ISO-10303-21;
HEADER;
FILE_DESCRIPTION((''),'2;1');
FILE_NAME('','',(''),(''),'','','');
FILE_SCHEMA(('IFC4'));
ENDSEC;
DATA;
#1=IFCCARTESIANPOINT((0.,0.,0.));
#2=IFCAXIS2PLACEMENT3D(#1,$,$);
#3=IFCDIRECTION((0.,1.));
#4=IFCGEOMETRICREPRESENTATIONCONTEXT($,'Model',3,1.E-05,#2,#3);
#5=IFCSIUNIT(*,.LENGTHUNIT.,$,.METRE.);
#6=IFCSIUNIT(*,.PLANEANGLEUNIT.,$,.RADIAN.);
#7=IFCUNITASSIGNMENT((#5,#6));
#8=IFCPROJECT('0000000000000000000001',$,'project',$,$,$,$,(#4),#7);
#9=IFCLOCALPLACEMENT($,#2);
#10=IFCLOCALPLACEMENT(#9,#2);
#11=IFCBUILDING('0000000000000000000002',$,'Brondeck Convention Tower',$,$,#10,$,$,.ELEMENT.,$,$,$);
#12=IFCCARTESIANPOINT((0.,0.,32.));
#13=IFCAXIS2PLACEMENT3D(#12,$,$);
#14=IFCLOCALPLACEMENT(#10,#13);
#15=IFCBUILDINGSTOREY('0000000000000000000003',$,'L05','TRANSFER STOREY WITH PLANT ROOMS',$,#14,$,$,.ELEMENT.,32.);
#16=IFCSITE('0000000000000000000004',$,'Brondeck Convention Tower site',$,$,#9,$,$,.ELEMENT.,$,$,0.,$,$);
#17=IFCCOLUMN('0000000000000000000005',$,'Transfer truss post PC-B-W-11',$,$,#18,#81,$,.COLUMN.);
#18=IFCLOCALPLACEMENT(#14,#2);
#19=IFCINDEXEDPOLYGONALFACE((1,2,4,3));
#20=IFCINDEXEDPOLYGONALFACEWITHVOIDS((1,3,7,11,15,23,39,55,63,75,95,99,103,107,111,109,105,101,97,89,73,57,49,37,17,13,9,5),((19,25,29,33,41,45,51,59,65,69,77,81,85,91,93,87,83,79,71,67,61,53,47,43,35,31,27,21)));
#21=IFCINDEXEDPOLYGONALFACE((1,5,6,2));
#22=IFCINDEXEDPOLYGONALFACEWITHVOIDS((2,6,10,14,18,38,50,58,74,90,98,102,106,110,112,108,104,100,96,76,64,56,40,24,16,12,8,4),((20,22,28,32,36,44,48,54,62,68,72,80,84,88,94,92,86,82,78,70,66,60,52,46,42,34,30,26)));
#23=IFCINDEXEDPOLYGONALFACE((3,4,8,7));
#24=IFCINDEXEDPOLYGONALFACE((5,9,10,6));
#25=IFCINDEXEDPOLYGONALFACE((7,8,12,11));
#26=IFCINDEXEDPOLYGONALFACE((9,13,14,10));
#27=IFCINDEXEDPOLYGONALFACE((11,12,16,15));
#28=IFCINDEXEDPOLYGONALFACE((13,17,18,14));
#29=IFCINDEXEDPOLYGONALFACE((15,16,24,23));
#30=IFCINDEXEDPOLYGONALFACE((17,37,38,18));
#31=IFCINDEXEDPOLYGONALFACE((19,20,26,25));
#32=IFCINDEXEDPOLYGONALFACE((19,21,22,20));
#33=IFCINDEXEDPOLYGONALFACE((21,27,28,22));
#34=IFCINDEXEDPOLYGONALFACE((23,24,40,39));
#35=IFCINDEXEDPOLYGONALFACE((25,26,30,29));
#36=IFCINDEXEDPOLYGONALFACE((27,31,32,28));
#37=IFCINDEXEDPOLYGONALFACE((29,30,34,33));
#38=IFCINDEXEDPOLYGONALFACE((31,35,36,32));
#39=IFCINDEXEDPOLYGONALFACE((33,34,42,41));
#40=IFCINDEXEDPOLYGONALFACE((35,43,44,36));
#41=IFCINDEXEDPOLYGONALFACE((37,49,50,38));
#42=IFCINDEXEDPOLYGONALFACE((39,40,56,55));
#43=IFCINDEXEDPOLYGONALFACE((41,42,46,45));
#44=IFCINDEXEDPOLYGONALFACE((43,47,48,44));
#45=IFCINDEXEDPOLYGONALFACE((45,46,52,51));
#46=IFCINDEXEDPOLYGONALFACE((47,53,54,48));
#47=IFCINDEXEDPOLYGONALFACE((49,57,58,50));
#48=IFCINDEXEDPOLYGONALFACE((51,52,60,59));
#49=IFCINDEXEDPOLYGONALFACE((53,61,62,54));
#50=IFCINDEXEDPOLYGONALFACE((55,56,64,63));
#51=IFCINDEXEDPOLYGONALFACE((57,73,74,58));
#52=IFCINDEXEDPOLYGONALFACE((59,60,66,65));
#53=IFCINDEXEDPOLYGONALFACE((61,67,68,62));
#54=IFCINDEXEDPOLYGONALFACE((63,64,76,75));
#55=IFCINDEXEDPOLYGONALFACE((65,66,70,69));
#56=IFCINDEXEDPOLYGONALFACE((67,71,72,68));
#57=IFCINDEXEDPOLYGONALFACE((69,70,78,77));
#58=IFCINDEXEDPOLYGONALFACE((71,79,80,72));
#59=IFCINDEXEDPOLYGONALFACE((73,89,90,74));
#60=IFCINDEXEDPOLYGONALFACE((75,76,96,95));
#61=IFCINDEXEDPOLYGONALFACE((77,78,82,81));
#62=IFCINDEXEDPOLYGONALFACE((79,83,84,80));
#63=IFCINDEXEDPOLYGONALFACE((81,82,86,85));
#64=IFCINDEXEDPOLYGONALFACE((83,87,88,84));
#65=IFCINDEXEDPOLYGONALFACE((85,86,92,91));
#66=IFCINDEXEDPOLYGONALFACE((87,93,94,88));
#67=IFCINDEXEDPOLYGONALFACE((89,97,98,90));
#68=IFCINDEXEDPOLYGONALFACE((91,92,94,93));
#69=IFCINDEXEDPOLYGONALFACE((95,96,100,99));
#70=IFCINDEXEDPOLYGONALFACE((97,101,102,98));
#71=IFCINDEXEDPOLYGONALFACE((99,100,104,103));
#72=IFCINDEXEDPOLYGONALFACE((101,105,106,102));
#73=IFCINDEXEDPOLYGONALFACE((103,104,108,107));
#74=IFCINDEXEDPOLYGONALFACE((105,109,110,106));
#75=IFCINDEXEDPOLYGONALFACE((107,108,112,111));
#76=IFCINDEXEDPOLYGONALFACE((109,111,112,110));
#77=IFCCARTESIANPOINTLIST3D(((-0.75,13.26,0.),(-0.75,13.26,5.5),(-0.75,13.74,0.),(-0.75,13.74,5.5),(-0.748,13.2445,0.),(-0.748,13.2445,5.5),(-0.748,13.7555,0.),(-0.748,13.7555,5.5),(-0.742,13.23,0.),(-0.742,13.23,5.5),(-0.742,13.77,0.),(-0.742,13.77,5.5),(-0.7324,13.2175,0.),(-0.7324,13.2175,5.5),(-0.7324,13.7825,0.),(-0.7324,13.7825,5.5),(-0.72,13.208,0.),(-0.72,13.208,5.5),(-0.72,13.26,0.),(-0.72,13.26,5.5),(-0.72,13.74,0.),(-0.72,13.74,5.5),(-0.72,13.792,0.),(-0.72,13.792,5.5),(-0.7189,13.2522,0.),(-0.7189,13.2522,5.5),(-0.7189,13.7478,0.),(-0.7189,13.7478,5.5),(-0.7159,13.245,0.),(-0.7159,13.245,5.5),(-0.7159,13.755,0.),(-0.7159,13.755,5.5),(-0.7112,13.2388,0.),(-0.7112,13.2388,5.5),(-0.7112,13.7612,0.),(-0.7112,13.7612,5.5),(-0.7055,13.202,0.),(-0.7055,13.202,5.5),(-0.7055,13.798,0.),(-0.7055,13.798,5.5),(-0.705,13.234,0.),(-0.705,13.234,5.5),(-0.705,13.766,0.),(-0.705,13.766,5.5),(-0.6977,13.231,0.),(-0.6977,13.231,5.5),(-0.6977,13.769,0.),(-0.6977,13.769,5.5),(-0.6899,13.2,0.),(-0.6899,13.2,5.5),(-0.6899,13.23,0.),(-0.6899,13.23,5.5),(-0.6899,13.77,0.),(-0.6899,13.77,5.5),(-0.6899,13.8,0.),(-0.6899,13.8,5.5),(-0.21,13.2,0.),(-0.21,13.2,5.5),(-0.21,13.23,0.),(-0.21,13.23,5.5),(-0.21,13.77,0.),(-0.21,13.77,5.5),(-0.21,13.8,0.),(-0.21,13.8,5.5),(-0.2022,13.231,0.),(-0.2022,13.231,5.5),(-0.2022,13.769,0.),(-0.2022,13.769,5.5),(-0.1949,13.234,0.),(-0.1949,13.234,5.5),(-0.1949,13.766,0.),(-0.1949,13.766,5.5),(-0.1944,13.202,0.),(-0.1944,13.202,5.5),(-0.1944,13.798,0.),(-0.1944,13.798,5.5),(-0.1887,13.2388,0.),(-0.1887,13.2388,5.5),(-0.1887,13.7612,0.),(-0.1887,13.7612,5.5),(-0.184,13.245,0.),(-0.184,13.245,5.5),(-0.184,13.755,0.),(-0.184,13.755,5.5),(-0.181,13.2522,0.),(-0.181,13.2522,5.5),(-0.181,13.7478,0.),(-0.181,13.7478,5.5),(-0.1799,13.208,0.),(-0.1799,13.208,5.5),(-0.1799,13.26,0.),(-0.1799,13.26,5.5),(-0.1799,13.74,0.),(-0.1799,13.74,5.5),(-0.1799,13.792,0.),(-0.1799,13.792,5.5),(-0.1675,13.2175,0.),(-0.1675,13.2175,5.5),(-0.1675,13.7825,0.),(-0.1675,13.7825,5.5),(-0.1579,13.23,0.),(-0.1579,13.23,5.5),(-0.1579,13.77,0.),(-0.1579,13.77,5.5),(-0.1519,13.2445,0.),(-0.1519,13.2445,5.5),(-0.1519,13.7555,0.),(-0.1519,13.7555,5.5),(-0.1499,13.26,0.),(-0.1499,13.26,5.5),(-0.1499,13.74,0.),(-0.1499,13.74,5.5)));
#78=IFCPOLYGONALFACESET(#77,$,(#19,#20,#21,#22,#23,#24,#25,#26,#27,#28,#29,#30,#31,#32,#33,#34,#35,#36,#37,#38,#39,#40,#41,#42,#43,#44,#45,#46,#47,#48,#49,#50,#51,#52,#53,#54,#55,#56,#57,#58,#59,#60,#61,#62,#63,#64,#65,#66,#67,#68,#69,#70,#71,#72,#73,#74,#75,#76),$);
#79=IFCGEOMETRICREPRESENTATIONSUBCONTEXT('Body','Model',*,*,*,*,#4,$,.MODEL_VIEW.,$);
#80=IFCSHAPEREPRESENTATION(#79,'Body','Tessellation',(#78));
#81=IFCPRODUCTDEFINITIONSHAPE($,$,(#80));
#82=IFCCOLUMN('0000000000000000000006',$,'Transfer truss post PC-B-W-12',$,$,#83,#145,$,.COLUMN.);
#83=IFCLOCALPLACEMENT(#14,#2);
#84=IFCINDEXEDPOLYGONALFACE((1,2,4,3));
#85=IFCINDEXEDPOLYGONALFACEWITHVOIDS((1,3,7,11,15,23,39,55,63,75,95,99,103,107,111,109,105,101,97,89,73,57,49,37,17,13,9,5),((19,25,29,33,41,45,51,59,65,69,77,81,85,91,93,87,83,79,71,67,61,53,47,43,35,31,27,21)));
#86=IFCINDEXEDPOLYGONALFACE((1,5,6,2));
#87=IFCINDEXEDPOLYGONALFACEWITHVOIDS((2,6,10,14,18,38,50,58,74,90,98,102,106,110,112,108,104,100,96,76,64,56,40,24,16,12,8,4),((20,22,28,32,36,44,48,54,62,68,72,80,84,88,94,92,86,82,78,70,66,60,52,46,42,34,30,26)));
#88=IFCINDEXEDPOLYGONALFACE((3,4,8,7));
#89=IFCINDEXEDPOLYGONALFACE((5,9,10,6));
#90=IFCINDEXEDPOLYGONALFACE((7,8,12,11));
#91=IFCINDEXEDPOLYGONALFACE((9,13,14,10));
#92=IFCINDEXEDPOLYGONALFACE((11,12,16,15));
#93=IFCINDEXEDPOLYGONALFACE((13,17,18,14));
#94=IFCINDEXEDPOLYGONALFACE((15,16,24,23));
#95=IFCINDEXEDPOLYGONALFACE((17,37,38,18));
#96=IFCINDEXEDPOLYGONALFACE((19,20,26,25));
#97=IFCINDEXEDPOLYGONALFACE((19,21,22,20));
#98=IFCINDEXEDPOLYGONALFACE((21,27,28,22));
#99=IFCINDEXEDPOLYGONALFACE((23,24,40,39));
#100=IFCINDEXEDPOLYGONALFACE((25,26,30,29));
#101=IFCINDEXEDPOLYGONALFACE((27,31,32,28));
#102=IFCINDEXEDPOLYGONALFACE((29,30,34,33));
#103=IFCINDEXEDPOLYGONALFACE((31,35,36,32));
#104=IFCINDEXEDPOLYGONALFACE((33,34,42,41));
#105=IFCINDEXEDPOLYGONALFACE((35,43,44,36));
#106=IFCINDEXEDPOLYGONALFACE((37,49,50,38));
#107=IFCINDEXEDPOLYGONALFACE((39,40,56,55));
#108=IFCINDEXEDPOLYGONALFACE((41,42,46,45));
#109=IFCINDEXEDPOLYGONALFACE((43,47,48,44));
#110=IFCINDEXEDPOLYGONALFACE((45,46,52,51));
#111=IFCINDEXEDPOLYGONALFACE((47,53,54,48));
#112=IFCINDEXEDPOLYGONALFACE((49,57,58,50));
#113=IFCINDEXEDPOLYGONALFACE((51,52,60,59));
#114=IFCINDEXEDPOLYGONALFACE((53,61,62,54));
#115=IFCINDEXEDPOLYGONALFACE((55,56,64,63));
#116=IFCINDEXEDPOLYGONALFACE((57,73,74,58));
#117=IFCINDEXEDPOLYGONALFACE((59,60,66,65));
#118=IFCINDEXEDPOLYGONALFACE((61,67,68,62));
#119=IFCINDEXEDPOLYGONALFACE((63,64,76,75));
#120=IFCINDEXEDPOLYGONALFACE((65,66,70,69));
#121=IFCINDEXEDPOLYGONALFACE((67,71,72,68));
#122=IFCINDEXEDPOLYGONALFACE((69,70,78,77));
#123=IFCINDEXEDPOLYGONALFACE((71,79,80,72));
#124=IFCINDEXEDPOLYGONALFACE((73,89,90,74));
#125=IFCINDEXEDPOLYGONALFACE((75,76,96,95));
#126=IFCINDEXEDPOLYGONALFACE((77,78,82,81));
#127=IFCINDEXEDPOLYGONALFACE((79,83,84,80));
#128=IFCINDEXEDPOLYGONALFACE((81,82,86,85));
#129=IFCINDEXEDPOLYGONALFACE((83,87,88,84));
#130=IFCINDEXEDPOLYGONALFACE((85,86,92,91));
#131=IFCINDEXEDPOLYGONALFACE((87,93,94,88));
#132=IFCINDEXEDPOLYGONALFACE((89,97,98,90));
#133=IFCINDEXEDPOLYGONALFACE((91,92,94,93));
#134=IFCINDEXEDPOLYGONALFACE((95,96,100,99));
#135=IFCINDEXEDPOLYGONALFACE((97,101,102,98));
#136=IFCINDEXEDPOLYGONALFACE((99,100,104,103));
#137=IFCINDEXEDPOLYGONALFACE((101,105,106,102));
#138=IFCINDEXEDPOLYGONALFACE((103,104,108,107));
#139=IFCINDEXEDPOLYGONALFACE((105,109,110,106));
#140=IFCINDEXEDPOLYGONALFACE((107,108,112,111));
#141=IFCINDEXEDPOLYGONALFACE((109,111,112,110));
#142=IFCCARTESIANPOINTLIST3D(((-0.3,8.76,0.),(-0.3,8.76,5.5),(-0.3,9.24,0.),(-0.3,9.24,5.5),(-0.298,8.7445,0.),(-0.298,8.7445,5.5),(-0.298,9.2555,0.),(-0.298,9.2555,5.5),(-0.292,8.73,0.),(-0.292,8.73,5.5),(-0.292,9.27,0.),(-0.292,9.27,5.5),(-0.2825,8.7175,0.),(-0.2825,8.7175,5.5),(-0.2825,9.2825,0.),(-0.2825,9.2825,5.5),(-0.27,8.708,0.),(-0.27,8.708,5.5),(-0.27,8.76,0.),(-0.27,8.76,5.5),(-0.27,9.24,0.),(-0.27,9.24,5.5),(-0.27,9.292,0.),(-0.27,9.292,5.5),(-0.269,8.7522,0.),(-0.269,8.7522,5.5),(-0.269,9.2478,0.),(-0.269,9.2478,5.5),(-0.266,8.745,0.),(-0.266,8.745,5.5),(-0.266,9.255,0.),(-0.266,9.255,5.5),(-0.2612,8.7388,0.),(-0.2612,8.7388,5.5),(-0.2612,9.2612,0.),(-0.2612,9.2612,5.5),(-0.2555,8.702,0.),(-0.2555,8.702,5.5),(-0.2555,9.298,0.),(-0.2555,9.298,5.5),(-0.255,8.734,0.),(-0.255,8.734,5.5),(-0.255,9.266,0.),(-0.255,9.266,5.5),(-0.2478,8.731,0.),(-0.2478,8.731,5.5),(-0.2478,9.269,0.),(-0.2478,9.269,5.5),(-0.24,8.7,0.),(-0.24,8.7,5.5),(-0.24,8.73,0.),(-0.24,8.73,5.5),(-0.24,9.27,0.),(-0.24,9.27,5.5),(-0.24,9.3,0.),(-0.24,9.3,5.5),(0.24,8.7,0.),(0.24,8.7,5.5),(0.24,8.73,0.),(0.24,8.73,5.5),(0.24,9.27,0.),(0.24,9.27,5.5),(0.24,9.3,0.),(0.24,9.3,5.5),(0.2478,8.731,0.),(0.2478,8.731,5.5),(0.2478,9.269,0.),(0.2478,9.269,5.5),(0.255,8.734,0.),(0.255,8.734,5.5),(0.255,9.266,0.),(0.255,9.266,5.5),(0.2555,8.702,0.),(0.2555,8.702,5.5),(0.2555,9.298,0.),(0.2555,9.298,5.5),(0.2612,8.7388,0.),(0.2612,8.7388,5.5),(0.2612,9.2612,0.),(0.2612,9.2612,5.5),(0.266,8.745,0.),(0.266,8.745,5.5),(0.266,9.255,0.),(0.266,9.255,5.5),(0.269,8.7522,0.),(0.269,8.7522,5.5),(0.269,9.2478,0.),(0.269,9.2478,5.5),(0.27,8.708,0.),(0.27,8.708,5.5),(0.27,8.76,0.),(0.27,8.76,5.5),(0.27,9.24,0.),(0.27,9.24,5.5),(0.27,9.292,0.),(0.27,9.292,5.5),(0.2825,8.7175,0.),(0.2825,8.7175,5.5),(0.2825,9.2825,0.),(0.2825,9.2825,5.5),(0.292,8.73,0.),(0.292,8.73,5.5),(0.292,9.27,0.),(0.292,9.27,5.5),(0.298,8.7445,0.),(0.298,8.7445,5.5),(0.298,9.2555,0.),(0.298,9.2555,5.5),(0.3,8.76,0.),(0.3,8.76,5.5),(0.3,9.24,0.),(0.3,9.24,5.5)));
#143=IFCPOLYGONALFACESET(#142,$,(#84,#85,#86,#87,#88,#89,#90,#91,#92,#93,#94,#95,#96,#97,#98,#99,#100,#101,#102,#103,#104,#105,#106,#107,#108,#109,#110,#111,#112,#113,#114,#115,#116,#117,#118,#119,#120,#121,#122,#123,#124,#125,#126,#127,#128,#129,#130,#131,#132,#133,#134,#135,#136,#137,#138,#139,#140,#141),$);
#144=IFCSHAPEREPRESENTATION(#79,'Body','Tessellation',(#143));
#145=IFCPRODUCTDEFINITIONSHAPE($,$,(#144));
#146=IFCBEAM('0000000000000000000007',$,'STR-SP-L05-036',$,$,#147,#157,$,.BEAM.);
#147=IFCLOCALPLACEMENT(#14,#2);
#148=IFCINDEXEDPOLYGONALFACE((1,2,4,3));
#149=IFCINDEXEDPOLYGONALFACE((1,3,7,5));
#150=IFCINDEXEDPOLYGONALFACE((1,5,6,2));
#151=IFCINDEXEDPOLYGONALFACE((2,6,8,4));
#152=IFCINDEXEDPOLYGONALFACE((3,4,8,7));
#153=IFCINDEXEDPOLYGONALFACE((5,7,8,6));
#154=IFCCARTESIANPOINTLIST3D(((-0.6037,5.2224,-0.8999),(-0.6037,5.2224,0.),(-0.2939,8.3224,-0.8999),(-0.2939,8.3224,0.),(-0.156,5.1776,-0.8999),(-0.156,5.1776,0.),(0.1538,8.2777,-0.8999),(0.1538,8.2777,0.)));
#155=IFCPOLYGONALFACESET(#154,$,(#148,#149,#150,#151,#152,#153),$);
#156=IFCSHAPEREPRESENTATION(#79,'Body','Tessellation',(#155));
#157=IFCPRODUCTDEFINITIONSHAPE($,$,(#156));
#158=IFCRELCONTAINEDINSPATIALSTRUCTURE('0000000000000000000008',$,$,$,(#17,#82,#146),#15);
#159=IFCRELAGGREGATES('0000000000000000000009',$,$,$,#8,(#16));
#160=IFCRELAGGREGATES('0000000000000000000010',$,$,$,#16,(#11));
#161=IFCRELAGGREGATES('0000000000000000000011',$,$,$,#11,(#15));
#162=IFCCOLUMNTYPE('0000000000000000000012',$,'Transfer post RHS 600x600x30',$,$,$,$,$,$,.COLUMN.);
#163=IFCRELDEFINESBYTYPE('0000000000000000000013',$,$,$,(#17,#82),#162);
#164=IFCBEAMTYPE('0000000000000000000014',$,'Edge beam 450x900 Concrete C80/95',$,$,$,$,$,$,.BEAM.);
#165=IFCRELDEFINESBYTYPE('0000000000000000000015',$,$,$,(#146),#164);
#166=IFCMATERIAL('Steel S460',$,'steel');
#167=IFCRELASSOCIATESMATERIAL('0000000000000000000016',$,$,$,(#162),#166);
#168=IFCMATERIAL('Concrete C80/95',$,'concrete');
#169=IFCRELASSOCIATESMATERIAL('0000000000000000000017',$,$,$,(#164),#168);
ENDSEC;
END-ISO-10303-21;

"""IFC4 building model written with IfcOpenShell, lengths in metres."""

from ifc_helpers import new_model, si_unit, direction, frame, origin, origin_2d, place, context, subcontext, project, spatial, rectangle, hollow_rectangle, extrude, material, material_profile, profile_set, type_object, element, save


model = new_model("IFC4")

# Units and contexts
model_context = context("Model", 3, precision=1e-05, world=origin(), true_north=direction((0.0, 1.0)))
body_context = subcontext(model_context, "Body", "Model", "MODEL_VIEW")
ifc_project = project(units=[si_unit("LENGTHUNIT", "METRE"), si_unit("PLANEANGLEUNIT", "RADIAN")], contexts=[model_context])

# Site, building, storey
site_placement = place(None, origin())
site = spatial("IfcSite", under=ifc_project, at=site_placement, Name="Brondeck Convention Tower site", CompositionType="ELEMENT", RefElevation=0.0)
building_placement = place(site_placement, origin())
building = spatial("IfcBuilding", under=site, at=building_placement, Name="Brondeck Convention Tower", CompositionType="ELEMENT")
storey_placement = place(building_placement, frame((0.0, 0.0, 32.0)))
storey = spatial("IfcBuildingStorey", under=building, at=storey_placement, Name="L05", Description="TRANSFER STOREY WITH PLANT ROOMS", CompositionType="ELEMENT", Elevation=32.0)

# Columns
ifc_material_1 = material(Name="Steel S460", Category="steel")
ifc_material_profile_1 = material_profile(ifc_material_1, hollow_rectangle(XDim=0.6001, YDim=0.6001, WallThickness=0.03, InnerFilletRadius=0.03, OuterFilletRadius=0.0601, at=origin_2d()), Name="RHS 600x600x30")
ifc_profile_set_1 = profile_set([ifc_material_profile_1], Name="Steel S460")
column_type = type_object("IfcColumnType", Name="Transfer post RHS 600x600x30", PredefinedType="COLUMN", material=ifc_profile_set_1)
for number, where, z_axis, x_axis, name in (
    (1, (-0.45, 13.5, 0.0), (0.0, 0.0, 1.0), (1.0, 0.0, 0.0), "Transfer truss post PC-B-W-11"),
    (2, (0.0, 9.0, 0.0), (0.0, 0.0, 1.0), (1.0, 0.0, 0.0), "Transfer truss post PC-B-W-12"),
):
    element("IfcColumn", number, at=place(storey_placement, frame(where, z_axis=z_axis, x_axis=x_axis)), inside=storey, type_object=column_type, Name=name, PredefinedType="COLUMN", context=body_context, shape_type="SweptSolid", body=[
        extrude(hollow_rectangle(XDim=0.6001, YDim=0.6001, WallThickness=0.03, InnerFilletRadius=0.03, OuterFilletRadius=0.0601, at=origin_2d()), origin(), (0.0, 0.0, 1.0), 5.5),
    ])

# Beam
ifc_material_2 = material(Name="Concrete C80/95", Category="concrete")
ifc_material_profile_2 = material_profile(ifc_material_2, rectangle(XDim=0.45, YDim=0.8999, at=origin_2d()), Name="Edge beam 450x900 Concrete C80/95")
ifc_profile_set_2 = profile_set([ifc_material_profile_2], Name="Concrete C80/95")
beam_type_1 = type_object("IfcBeamType", Name="Edge beam 450x900 Concrete C80/95", PredefinedType="BEAM", material=ifc_profile_set_2)
beam_1_placement = place(storey_placement, frame((-0.0701, 8.3, -0.45), z_axis=(-0.099442, -0.995043, 0.0), x_axis=(0.995043, -0.099442, 0.0)))
element("IfcBeam", 3, at=beam_1_placement, inside=storey, type_object=beam_type_1, Name="STR-SP-L05-036", PredefinedType="BEAM", context=body_context, shape_type="SweptSolid", body=[
    extrude(rectangle(XDim=0.45, YDim=0.8999, at=origin_2d()), origin(), (0.0, 0.0, 1.0), 3.1155),
])

save(model, "model.ifc")
